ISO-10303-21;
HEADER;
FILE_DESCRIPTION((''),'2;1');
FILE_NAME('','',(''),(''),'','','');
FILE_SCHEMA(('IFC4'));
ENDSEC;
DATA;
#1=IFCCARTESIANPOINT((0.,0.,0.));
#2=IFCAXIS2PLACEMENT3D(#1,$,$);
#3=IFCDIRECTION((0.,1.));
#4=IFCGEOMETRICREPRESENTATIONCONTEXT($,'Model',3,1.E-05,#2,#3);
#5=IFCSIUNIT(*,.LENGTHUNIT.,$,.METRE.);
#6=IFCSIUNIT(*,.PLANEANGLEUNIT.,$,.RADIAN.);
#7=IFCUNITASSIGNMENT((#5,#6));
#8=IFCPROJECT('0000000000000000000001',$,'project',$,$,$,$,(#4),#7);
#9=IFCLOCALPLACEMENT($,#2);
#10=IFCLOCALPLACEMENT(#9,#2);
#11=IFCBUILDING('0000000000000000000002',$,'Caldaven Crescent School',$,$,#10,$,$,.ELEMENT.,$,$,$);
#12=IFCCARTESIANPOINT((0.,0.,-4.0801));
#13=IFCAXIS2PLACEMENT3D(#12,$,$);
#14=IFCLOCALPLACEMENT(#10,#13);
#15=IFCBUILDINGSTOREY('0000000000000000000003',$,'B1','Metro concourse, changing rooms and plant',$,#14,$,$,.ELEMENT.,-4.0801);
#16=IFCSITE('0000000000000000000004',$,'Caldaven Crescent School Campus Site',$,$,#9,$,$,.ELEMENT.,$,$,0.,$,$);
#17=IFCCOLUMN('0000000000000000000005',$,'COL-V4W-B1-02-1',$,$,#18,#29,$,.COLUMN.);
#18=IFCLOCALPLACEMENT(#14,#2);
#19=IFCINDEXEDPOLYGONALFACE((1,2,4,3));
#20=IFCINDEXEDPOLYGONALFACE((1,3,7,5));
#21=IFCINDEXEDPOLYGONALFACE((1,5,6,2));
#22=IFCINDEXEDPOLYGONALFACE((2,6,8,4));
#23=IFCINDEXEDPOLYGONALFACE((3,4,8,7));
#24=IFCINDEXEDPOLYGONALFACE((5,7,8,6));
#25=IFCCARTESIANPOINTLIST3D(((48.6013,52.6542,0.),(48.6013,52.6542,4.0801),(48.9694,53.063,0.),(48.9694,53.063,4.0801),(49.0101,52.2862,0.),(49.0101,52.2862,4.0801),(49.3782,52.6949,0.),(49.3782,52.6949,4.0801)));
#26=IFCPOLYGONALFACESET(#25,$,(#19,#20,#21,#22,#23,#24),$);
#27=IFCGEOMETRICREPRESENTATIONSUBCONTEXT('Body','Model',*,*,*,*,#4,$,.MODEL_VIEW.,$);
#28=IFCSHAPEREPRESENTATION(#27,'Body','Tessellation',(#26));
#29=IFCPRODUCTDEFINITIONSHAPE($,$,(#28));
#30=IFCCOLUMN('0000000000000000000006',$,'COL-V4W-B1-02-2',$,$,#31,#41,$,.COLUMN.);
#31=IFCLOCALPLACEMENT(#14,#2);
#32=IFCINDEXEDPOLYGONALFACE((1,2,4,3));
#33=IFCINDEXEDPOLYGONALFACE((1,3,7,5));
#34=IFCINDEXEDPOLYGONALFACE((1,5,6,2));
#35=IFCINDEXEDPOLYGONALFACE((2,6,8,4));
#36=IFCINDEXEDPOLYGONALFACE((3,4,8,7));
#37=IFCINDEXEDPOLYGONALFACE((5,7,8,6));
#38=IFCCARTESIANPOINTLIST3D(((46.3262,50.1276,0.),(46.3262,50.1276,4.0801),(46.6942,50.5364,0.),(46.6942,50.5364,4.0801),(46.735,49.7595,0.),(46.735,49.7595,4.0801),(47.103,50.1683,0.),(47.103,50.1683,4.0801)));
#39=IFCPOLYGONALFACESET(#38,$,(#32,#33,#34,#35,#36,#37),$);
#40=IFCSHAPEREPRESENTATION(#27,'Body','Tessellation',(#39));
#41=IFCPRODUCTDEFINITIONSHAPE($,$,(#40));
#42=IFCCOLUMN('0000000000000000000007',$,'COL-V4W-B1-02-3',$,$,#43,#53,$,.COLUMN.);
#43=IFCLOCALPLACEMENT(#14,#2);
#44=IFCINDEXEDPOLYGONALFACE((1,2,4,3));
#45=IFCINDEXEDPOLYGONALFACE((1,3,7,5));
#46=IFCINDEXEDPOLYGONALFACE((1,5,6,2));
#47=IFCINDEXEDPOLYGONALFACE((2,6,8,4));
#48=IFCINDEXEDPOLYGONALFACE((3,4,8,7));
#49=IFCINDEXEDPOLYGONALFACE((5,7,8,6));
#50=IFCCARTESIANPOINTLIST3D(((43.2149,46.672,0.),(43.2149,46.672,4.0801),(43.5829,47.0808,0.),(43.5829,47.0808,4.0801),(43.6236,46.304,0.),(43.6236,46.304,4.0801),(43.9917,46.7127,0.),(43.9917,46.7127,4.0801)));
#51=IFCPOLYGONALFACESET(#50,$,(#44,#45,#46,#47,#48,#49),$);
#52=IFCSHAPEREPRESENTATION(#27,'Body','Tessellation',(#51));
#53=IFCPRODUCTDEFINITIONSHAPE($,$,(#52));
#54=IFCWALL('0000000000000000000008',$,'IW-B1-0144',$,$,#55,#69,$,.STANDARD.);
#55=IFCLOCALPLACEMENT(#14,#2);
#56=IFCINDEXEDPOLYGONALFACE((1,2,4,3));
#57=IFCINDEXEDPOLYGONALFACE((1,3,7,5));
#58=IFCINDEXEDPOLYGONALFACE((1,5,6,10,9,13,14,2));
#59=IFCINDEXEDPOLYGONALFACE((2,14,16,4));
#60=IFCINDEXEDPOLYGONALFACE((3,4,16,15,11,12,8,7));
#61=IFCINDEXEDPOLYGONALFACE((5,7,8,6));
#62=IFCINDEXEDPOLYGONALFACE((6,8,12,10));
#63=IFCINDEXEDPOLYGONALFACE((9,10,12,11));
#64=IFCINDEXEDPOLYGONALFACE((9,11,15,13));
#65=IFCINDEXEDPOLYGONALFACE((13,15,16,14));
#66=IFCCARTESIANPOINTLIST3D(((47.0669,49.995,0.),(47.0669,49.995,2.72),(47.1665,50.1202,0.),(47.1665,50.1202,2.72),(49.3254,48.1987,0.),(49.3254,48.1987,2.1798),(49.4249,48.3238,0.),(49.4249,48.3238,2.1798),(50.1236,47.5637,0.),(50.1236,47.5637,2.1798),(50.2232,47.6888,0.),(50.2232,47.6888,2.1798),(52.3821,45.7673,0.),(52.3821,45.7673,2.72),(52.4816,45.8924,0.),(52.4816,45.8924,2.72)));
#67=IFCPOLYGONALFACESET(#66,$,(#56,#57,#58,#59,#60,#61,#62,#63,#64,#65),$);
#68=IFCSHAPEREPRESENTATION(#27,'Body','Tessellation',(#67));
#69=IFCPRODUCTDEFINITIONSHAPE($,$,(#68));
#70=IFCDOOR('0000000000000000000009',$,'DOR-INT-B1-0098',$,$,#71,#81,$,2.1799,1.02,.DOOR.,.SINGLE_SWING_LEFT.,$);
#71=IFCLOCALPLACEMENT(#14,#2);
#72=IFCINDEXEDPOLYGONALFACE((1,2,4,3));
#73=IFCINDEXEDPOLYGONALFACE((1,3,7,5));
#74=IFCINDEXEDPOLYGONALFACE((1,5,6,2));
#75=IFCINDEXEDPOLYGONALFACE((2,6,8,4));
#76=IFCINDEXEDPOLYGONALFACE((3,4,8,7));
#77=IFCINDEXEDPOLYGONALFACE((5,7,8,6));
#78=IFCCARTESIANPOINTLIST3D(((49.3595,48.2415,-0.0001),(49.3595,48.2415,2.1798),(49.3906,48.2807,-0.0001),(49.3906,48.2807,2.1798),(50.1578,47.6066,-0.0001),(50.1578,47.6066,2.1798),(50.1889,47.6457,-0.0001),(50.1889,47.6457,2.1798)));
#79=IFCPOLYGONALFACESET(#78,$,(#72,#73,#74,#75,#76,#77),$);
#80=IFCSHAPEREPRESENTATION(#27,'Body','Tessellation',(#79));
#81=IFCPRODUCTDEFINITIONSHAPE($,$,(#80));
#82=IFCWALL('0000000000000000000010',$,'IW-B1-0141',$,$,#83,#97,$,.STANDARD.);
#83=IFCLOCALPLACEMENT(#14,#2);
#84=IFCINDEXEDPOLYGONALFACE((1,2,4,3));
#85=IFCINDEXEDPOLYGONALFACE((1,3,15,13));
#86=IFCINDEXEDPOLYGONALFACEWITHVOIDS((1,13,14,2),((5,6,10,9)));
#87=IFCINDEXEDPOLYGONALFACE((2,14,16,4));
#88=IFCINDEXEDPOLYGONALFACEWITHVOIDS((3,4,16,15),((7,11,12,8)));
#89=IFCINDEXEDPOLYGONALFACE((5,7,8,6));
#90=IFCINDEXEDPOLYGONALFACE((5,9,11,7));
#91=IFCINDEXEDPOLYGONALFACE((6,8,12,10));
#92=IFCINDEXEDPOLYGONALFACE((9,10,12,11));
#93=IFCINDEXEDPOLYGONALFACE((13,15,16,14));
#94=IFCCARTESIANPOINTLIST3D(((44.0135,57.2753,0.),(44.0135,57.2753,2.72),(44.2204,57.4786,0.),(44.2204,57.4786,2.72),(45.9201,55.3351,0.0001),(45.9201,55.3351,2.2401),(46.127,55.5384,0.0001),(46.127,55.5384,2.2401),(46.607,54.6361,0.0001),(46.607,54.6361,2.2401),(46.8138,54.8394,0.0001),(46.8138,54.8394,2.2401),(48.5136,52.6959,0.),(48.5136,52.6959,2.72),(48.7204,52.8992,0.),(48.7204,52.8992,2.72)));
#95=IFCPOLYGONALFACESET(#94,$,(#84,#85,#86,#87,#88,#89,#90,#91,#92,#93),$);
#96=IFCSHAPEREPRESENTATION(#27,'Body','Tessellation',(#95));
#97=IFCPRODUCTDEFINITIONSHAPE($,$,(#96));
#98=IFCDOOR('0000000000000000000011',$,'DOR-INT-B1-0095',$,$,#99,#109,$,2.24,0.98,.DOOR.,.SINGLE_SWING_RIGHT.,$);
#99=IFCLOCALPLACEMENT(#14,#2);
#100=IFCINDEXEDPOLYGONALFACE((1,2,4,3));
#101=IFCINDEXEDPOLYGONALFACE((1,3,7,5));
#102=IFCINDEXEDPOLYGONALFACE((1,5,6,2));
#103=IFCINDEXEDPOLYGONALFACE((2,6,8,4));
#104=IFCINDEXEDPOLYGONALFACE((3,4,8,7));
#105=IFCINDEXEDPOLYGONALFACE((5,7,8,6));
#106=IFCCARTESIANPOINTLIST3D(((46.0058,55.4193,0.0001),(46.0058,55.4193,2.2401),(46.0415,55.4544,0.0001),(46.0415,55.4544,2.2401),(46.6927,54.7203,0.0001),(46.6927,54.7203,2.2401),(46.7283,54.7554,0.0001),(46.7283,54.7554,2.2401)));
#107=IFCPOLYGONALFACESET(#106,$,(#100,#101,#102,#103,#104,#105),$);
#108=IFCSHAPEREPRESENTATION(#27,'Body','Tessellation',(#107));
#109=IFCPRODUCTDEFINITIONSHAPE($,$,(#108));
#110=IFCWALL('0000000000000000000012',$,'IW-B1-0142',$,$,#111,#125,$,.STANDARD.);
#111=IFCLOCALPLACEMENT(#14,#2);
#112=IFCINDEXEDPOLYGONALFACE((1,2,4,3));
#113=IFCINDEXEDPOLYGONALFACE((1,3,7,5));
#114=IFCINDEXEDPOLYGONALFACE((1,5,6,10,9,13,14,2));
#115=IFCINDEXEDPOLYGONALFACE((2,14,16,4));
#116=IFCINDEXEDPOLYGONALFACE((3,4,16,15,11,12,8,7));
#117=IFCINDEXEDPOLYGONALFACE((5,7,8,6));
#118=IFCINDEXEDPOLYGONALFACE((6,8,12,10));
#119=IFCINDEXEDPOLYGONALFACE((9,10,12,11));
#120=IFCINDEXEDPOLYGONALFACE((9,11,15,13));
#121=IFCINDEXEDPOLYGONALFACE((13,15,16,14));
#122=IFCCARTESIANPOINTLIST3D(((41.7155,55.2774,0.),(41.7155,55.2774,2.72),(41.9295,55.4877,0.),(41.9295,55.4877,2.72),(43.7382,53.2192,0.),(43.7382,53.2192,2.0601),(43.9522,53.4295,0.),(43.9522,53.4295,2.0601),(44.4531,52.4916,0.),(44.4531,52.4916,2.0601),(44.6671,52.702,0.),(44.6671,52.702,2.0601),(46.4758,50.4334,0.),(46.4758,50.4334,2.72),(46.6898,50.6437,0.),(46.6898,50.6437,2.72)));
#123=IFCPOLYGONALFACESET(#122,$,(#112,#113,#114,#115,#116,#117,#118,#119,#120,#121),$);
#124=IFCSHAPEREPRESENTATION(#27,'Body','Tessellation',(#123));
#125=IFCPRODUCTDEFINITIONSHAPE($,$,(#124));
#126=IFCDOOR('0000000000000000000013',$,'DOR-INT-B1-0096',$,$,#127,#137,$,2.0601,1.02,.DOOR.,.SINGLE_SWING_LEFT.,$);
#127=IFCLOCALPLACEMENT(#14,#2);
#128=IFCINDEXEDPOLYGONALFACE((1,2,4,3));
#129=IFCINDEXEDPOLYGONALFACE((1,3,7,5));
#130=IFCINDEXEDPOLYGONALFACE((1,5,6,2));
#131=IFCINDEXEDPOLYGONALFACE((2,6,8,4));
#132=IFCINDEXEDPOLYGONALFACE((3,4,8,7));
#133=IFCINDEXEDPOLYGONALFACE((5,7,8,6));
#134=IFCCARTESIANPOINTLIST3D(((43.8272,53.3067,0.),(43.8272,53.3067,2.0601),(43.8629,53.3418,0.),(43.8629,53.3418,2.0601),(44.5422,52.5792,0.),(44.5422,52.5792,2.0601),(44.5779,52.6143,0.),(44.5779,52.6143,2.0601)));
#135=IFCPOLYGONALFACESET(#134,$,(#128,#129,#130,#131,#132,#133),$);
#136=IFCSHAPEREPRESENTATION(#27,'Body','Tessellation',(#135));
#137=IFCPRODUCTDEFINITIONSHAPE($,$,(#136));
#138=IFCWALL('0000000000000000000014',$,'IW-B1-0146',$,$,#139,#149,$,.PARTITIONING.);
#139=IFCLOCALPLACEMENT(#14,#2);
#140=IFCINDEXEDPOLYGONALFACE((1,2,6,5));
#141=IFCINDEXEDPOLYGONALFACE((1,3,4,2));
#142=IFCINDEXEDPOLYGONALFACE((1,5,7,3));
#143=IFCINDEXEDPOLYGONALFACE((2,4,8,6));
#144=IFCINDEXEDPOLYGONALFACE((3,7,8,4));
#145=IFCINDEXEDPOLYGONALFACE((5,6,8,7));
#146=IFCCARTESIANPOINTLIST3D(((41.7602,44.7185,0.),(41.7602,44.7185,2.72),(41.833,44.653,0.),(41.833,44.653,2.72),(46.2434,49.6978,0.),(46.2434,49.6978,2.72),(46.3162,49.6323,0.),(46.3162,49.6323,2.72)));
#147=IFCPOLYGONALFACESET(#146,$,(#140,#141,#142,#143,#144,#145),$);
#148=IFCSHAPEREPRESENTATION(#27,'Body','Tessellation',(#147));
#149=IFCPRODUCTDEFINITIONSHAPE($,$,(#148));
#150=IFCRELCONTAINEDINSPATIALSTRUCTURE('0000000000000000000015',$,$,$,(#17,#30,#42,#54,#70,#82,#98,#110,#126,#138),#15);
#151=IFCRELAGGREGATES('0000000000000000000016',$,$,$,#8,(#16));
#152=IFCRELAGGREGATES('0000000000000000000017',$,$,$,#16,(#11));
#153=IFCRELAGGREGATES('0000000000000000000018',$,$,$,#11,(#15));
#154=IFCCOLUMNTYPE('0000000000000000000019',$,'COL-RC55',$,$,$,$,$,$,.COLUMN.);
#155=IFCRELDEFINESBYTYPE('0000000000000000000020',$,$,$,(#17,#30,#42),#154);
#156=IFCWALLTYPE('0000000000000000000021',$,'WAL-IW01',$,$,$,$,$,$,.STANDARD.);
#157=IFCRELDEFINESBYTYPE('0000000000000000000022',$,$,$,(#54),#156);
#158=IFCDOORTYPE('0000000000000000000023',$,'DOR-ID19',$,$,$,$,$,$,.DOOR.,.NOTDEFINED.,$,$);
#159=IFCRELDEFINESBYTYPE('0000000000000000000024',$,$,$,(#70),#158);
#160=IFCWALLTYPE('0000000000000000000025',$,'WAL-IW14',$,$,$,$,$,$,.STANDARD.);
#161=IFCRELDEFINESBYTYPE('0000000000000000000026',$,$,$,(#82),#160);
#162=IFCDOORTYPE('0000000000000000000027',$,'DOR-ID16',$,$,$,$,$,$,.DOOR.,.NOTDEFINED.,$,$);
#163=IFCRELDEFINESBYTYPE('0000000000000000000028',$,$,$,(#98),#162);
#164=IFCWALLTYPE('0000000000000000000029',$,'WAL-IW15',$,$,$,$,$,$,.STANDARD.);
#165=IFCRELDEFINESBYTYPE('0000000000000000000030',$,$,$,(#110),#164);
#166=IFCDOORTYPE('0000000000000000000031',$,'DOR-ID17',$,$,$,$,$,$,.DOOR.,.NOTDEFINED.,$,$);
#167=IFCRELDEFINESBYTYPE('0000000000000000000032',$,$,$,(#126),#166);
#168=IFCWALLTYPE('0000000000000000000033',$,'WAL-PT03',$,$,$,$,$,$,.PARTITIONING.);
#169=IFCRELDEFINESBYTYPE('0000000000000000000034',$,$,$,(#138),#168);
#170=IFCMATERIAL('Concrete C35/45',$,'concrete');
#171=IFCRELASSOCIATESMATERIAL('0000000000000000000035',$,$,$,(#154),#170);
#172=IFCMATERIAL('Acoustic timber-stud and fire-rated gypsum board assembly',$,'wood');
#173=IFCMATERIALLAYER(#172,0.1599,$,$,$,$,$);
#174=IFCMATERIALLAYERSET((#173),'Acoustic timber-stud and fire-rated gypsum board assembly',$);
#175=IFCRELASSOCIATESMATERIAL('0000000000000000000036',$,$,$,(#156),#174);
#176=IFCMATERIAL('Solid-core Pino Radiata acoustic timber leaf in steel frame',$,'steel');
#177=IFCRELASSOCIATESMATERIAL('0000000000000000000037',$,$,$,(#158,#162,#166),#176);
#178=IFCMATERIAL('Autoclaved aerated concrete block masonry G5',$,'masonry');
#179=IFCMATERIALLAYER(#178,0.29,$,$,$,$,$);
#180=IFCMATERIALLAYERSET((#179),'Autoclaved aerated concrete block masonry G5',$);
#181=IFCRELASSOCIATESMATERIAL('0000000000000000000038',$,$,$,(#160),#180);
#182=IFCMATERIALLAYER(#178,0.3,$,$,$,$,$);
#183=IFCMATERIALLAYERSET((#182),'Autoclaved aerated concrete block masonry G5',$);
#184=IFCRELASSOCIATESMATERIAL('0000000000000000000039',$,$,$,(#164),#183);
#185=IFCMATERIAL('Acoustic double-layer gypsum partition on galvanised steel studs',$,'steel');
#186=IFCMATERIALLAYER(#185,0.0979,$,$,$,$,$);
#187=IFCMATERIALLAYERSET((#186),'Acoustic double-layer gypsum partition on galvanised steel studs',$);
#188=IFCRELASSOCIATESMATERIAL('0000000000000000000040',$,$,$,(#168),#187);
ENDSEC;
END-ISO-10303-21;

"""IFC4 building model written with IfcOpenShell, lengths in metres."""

from ifc_helpers import new_model, si_unit, direction, frame, frame_2d, origin, origin_2d, place, context, subcontext, project, spatial, rectangle, extrude, material, layer, layer_set, material_profile, profile_set, type_object, element, fill, save


model = new_model("IFC4")

# Units and contexts
model_context = context("Model", 3, precision=1e-05, world=origin(), true_north=direction((0.0, 1.0)))
body_context = subcontext(model_context, "Body", "Model", "MODEL_VIEW")
ifc_project = project(units=[si_unit("LENGTHUNIT", "METRE"), si_unit("PLANEANGLEUNIT", "RADIAN")], contexts=[model_context])

# Site, building, storey
site_placement = place(None, origin())
site = spatial("IfcSite", under=ifc_project, at=site_placement, Name="Caldaven Crescent School Campus Site", CompositionType="ELEMENT", RefElevation=0.0)
building_placement = place(site_placement, origin())
building = spatial("IfcBuilding", under=site, at=building_placement, Name="Caldaven Crescent School", CompositionType="ELEMENT")
storey_placement = place(building_placement, frame((0.0, 0.0, -4.0801)))
storey = spatial("IfcBuildingStorey", under=building, at=storey_placement, Name="B1", Description="Metro concourse, changing rooms and plant", CompositionType="ELEMENT", Elevation=-4.0801)

# Shared definitions
ifc_material_1 = material(Name="Concrete C35/45", Category="concrete")

# Columns
ifc_material_profile_1 = material_profile(ifc_material_1, rectangle(XDim=0.55, YDim=0.55, at=origin_2d()), Name="RC 550x550")
ifc_profile_set_1 = profile_set([ifc_material_profile_1], Name="Concrete C35/45")
column_type = type_object("IfcColumnType", Name="COL-RC55", PredefinedType="COLUMN", material=ifc_profile_set_1)
for number, where, z_axis, x_axis, name in (
    (1, (48.9897, 52.6746, 0.0), (0.0, 0.0, 1.0), (-0.669131, -0.743145, 0.0), "COL-V4W-B1-02-1"),
    (2, (46.7146, 50.1479, 0.0), (0.0, 0.0, 1.0), (-0.669131, -0.743145, 0.0), "COL-V4W-B1-02-2"),
    (3, (43.6033, 46.6924, 0.0), (0.0, 0.0, 1.0), (-0.669131, -0.743145, 0.0), "COL-V4W-B1-02-3"),
):
    element("IfcColumn", number, at=place(storey_placement, frame(where, z_axis=z_axis, x_axis=x_axis)), inside=storey, type_object=column_type, Name=name, PredefinedType="COLUMN", context=body_context, shape_type="SweptSolid", body=[
        extrude(rectangle(XDim=0.55, YDim=0.55, at=origin_2d()), origin(), (0.0, 0.0, 1.0), 4.0801),
    ])

# Walls, openings, doors
ifc_material_2 = material(Name="Acoustic timber-stud and fire-rated gypsum board assembly", Category="wood")
ifc_layer_1 = layer(ifc_material_2, 0.1599)
ifc_layer_set_1 = layer_set([ifc_layer_1], Name="Acoustic timber-stud and fire-rated gypsum board assembly")
wall_type_1 = type_object("IfcWallType", Name="WAL-IW01", PredefinedType="STANDARD", material=ifc_layer_set_1)
wall_1_placement = place(storey_placement, frame((47.1167, 50.0576, 0.0), z_axis=(0.0, 0.0, 1.0), x_axis=(0.782616, -0.622505, 0.0)))
wall_1 = element("IfcWall", 4, at=wall_1_placement, inside=storey, type_object=wall_type_1, Name="IW-B1-0144", PredefinedType="STANDARD", context=body_context, shape_type="SweptSolid", body=[
    extrude(rectangle(XDim=6.7915, YDim=0.1599, at=frame_2d((3.3958, 0.0))), origin(), (0.0, 0.0, 1.0), 2.72),
])
opening_1_placement = place(wall_1_placement, frame((2.8857, 0.0, 0.0)))
opening_1 = element("IfcOpeningElement", 5, at=opening_1_placement, cuts=wall_1, PredefinedType="OPENING", context=body_context, shape_type="SweptSolid", body=[
    extrude(rectangle(XDim=1.02, YDim=2.1799, at=frame_2d((0.51, 1.0898))), frame((0.0, 0.0898, 0.0), z_axis=(0.0, -1.0, 0.0), x_axis=(1.0, 0.0, 0.0)), (0.0, 0.0, 1.0), 0.1799),
])
ifc_material_3 = material(Name="Solid-core Pino Radiata acoustic timber leaf in steel frame", Category="steel")
door_type_1 = type_object("IfcDoorType", Name="DOR-ID19", OperationType="NOTDEFINED", PredefinedType="DOOR", material=ifc_material_3)
door_1_placement = place(opening_1_placement, origin())
door_1 = element("IfcDoor", 6, at=door_1_placement, inside=storey, type_object=door_type_1, Name="DOR-INT-B1-0098", OperationType="SINGLE_SWING_LEFT", OverallHeight=2.1799, OverallWidth=1.02, PredefinedType="DOOR", context=body_context, shape_type="SweptSolid", body=[
    extrude(rectangle(XDim=1.02, YDim=2.1799, at=frame_2d((0.51, 1.0898))), frame((0.0, 0.0249, 0.0), z_axis=(0.0, -1.0, 0.0), x_axis=(1.0, 0.0, 0.0)), (0.0, 0.0, 1.0), 0.05),
])
fill(opening_1, door_1)
ifc_material_4 = material(Name="Autoclaved aerated concrete block masonry G5", Category="masonry")
ifc_layer_2 = layer(ifc_material_4, 0.29)
ifc_layer_set_2 = layer_set([ifc_layer_2], Name="Autoclaved aerated concrete block masonry G5")
wall_type_2 = type_object("IfcWallType", Name="WAL-IW14", PredefinedType="STANDARD", material=ifc_layer_set_2)
wall_2_placement = place(storey_placement, frame((44.1169, 57.377, 0.0), z_axis=(0.0, 0.0, 1.0), x_axis=(0.700901, -0.713259, 0.0)))
wall_2 = element("IfcWall", 7, at=wall_2_placement, inside=storey, type_object=wall_type_2, Name="IW-B1-0141", PredefinedType="STANDARD", context=body_context, shape_type="SweptSolid", body=[
    extrude(rectangle(XDim=6.4204, YDim=0.29, at=frame_2d((3.2102, 0.0))), origin(), (0.0, 0.0, 1.0), 2.72),
])
opening_2_placement = place(wall_2_placement, frame((2.7202, 0.0, 0.0)))
opening_2 = element("IfcOpeningElement", 8, at=opening_2_placement, cuts=wall_2, PredefinedType="OPENING", context=body_context, shape_type="SweptSolid", body=[
    extrude(rectangle(XDim=0.98, YDim=2.24, at=frame_2d((0.49, 1.1201))), frame((0.0, 0.155, 0.0), z_axis=(0.0, -1.0, 0.0), x_axis=(1.0, 0.0, 0.0)), (0.0, 0.0, 1.0), 0.3101),
])
door_type_2 = type_object("IfcDoorType", Name="DOR-ID16", OperationType="NOTDEFINED", PredefinedType="DOOR", material=ifc_material_3)
door_2_placement = place(opening_2_placement, frame((0.98, 0.0, 0.0), z_axis=(0.0, 0.0, 1.0), x_axis=(-1.0, 0.0, 0.0)))
door_2 = element("IfcDoor", 9, at=door_2_placement, inside=storey, type_object=door_type_2, Name="DOR-INT-B1-0095", OperationType="SINGLE_SWING_RIGHT", OverallHeight=2.24, OverallWidth=0.98, PredefinedType="DOOR", context=body_context, shape_type="SweptSolid", body=[
    extrude(rectangle(XDim=0.98, YDim=2.24, at=frame_2d((0.49, 1.1201))), frame((0.0, 0.0249, 0.0), z_axis=(0.0, -1.0, 0.0), x_axis=(1.0, 0.0, 0.0)), (0.0, 0.0, 1.0), 0.05),
])
fill(opening_2, door_2)
ifc_layer_3 = layer(ifc_material_4, 0.3)
ifc_layer_set_3 = layer_set([ifc_layer_3], Name="Autoclaved aerated concrete block masonry G5")
wall_type_3 = type_object("IfcWallType", Name="WAL-IW15", PredefinedType="STANDARD", material=ifc_layer_set_3)
wall_3_placement = place(storey_placement, frame((41.8225, 55.3826, 0.0), z_axis=(0.0, 0.0, 1.0), x_axis=(0.700915, -0.713245, 0.0)))
wall_3 = element("IfcWall", 10, at=wall_3_placement, inside=storey, type_object=wall_type_3, Name="IW-B1-0142", PredefinedType="STANDARD", context=body_context, shape_type="SweptSolid", body=[
    extrude(rectangle(XDim=6.7915, YDim=0.3, at=frame_2d((3.3958, 0.0))), origin(), (0.0, 0.0, 1.0), 2.72),
])
opening_3_placement = place(wall_3_placement, frame((2.8857, 0.0, 0.0)))
opening_3 = element("IfcOpeningElement", 11, at=opening_3_placement, cuts=wall_3, PredefinedType="OPENING", context=body_context, shape_type="SweptSolid", body=[
    extrude(rectangle(XDim=1.02, YDim=2.0601, at=frame_2d((0.51, 1.03))), frame((0.0, 0.1599, 0.0), z_axis=(0.0, -1.0, 0.0), x_axis=(1.0, 0.0, 0.0)), (0.0, 0.0, 1.0), 0.3201),
])
door_type_3 = type_object("IfcDoorType", Name="DOR-ID17", OperationType="NOTDEFINED", PredefinedType="DOOR", material=ifc_material_3)
door_3_placement = place(opening_3_placement, origin())
door_3 = element("IfcDoor", 12, at=door_3_placement, inside=storey, type_object=door_type_3, Name="DOR-INT-B1-0096", OperationType="SINGLE_SWING_LEFT", OverallHeight=2.0601, OverallWidth=1.02, PredefinedType="DOOR", context=body_context, shape_type="SweptSolid", body=[
    extrude(rectangle(XDim=1.02, YDim=2.0601, at=frame_2d((0.51, 1.03))), frame((0.0, 0.0249, 0.0), z_axis=(0.0, -1.0, 0.0), x_axis=(1.0, 0.0, 0.0)), (0.0, 0.0, 1.0), 0.05),
])
fill(opening_3, door_3)

# Wall
ifc_material_5 = material(Name="Acoustic double-layer gypsum partition on galvanised steel studs", Category="steel")
ifc_layer_4 = layer(ifc_material_5, 0.0979)
ifc_layer_set_4 = layer_set([ifc_layer_4], Name="Acoustic double-layer gypsum partition on galvanised steel studs")
wall_type_4 = type_object("IfcWallType", Name="WAL-PT03", PredefinedType="PARTITIONING", material=ifc_layer_set_4)
wall_4_placement = place(storey_placement, frame((46.2798, 49.665, 0.0), z_axis=(0.0, 0.0, 1.0), x_axis=(-0.669116, -0.743158, 0.0)))
element("IfcWall", 13, at=wall_4_placement, inside=storey, type_object=wall_type_4, Name="IW-B1-0146", PredefinedType="PARTITIONING", context=body_context, shape_type="SweptSolid", body=[
    extrude(rectangle(XDim=6.7002, YDim=0.0979, at=frame_2d((3.3501, 0.0))), origin(), (0.0, 0.0, 1.0), 2.72),
])

save(model, "model.ifc")
